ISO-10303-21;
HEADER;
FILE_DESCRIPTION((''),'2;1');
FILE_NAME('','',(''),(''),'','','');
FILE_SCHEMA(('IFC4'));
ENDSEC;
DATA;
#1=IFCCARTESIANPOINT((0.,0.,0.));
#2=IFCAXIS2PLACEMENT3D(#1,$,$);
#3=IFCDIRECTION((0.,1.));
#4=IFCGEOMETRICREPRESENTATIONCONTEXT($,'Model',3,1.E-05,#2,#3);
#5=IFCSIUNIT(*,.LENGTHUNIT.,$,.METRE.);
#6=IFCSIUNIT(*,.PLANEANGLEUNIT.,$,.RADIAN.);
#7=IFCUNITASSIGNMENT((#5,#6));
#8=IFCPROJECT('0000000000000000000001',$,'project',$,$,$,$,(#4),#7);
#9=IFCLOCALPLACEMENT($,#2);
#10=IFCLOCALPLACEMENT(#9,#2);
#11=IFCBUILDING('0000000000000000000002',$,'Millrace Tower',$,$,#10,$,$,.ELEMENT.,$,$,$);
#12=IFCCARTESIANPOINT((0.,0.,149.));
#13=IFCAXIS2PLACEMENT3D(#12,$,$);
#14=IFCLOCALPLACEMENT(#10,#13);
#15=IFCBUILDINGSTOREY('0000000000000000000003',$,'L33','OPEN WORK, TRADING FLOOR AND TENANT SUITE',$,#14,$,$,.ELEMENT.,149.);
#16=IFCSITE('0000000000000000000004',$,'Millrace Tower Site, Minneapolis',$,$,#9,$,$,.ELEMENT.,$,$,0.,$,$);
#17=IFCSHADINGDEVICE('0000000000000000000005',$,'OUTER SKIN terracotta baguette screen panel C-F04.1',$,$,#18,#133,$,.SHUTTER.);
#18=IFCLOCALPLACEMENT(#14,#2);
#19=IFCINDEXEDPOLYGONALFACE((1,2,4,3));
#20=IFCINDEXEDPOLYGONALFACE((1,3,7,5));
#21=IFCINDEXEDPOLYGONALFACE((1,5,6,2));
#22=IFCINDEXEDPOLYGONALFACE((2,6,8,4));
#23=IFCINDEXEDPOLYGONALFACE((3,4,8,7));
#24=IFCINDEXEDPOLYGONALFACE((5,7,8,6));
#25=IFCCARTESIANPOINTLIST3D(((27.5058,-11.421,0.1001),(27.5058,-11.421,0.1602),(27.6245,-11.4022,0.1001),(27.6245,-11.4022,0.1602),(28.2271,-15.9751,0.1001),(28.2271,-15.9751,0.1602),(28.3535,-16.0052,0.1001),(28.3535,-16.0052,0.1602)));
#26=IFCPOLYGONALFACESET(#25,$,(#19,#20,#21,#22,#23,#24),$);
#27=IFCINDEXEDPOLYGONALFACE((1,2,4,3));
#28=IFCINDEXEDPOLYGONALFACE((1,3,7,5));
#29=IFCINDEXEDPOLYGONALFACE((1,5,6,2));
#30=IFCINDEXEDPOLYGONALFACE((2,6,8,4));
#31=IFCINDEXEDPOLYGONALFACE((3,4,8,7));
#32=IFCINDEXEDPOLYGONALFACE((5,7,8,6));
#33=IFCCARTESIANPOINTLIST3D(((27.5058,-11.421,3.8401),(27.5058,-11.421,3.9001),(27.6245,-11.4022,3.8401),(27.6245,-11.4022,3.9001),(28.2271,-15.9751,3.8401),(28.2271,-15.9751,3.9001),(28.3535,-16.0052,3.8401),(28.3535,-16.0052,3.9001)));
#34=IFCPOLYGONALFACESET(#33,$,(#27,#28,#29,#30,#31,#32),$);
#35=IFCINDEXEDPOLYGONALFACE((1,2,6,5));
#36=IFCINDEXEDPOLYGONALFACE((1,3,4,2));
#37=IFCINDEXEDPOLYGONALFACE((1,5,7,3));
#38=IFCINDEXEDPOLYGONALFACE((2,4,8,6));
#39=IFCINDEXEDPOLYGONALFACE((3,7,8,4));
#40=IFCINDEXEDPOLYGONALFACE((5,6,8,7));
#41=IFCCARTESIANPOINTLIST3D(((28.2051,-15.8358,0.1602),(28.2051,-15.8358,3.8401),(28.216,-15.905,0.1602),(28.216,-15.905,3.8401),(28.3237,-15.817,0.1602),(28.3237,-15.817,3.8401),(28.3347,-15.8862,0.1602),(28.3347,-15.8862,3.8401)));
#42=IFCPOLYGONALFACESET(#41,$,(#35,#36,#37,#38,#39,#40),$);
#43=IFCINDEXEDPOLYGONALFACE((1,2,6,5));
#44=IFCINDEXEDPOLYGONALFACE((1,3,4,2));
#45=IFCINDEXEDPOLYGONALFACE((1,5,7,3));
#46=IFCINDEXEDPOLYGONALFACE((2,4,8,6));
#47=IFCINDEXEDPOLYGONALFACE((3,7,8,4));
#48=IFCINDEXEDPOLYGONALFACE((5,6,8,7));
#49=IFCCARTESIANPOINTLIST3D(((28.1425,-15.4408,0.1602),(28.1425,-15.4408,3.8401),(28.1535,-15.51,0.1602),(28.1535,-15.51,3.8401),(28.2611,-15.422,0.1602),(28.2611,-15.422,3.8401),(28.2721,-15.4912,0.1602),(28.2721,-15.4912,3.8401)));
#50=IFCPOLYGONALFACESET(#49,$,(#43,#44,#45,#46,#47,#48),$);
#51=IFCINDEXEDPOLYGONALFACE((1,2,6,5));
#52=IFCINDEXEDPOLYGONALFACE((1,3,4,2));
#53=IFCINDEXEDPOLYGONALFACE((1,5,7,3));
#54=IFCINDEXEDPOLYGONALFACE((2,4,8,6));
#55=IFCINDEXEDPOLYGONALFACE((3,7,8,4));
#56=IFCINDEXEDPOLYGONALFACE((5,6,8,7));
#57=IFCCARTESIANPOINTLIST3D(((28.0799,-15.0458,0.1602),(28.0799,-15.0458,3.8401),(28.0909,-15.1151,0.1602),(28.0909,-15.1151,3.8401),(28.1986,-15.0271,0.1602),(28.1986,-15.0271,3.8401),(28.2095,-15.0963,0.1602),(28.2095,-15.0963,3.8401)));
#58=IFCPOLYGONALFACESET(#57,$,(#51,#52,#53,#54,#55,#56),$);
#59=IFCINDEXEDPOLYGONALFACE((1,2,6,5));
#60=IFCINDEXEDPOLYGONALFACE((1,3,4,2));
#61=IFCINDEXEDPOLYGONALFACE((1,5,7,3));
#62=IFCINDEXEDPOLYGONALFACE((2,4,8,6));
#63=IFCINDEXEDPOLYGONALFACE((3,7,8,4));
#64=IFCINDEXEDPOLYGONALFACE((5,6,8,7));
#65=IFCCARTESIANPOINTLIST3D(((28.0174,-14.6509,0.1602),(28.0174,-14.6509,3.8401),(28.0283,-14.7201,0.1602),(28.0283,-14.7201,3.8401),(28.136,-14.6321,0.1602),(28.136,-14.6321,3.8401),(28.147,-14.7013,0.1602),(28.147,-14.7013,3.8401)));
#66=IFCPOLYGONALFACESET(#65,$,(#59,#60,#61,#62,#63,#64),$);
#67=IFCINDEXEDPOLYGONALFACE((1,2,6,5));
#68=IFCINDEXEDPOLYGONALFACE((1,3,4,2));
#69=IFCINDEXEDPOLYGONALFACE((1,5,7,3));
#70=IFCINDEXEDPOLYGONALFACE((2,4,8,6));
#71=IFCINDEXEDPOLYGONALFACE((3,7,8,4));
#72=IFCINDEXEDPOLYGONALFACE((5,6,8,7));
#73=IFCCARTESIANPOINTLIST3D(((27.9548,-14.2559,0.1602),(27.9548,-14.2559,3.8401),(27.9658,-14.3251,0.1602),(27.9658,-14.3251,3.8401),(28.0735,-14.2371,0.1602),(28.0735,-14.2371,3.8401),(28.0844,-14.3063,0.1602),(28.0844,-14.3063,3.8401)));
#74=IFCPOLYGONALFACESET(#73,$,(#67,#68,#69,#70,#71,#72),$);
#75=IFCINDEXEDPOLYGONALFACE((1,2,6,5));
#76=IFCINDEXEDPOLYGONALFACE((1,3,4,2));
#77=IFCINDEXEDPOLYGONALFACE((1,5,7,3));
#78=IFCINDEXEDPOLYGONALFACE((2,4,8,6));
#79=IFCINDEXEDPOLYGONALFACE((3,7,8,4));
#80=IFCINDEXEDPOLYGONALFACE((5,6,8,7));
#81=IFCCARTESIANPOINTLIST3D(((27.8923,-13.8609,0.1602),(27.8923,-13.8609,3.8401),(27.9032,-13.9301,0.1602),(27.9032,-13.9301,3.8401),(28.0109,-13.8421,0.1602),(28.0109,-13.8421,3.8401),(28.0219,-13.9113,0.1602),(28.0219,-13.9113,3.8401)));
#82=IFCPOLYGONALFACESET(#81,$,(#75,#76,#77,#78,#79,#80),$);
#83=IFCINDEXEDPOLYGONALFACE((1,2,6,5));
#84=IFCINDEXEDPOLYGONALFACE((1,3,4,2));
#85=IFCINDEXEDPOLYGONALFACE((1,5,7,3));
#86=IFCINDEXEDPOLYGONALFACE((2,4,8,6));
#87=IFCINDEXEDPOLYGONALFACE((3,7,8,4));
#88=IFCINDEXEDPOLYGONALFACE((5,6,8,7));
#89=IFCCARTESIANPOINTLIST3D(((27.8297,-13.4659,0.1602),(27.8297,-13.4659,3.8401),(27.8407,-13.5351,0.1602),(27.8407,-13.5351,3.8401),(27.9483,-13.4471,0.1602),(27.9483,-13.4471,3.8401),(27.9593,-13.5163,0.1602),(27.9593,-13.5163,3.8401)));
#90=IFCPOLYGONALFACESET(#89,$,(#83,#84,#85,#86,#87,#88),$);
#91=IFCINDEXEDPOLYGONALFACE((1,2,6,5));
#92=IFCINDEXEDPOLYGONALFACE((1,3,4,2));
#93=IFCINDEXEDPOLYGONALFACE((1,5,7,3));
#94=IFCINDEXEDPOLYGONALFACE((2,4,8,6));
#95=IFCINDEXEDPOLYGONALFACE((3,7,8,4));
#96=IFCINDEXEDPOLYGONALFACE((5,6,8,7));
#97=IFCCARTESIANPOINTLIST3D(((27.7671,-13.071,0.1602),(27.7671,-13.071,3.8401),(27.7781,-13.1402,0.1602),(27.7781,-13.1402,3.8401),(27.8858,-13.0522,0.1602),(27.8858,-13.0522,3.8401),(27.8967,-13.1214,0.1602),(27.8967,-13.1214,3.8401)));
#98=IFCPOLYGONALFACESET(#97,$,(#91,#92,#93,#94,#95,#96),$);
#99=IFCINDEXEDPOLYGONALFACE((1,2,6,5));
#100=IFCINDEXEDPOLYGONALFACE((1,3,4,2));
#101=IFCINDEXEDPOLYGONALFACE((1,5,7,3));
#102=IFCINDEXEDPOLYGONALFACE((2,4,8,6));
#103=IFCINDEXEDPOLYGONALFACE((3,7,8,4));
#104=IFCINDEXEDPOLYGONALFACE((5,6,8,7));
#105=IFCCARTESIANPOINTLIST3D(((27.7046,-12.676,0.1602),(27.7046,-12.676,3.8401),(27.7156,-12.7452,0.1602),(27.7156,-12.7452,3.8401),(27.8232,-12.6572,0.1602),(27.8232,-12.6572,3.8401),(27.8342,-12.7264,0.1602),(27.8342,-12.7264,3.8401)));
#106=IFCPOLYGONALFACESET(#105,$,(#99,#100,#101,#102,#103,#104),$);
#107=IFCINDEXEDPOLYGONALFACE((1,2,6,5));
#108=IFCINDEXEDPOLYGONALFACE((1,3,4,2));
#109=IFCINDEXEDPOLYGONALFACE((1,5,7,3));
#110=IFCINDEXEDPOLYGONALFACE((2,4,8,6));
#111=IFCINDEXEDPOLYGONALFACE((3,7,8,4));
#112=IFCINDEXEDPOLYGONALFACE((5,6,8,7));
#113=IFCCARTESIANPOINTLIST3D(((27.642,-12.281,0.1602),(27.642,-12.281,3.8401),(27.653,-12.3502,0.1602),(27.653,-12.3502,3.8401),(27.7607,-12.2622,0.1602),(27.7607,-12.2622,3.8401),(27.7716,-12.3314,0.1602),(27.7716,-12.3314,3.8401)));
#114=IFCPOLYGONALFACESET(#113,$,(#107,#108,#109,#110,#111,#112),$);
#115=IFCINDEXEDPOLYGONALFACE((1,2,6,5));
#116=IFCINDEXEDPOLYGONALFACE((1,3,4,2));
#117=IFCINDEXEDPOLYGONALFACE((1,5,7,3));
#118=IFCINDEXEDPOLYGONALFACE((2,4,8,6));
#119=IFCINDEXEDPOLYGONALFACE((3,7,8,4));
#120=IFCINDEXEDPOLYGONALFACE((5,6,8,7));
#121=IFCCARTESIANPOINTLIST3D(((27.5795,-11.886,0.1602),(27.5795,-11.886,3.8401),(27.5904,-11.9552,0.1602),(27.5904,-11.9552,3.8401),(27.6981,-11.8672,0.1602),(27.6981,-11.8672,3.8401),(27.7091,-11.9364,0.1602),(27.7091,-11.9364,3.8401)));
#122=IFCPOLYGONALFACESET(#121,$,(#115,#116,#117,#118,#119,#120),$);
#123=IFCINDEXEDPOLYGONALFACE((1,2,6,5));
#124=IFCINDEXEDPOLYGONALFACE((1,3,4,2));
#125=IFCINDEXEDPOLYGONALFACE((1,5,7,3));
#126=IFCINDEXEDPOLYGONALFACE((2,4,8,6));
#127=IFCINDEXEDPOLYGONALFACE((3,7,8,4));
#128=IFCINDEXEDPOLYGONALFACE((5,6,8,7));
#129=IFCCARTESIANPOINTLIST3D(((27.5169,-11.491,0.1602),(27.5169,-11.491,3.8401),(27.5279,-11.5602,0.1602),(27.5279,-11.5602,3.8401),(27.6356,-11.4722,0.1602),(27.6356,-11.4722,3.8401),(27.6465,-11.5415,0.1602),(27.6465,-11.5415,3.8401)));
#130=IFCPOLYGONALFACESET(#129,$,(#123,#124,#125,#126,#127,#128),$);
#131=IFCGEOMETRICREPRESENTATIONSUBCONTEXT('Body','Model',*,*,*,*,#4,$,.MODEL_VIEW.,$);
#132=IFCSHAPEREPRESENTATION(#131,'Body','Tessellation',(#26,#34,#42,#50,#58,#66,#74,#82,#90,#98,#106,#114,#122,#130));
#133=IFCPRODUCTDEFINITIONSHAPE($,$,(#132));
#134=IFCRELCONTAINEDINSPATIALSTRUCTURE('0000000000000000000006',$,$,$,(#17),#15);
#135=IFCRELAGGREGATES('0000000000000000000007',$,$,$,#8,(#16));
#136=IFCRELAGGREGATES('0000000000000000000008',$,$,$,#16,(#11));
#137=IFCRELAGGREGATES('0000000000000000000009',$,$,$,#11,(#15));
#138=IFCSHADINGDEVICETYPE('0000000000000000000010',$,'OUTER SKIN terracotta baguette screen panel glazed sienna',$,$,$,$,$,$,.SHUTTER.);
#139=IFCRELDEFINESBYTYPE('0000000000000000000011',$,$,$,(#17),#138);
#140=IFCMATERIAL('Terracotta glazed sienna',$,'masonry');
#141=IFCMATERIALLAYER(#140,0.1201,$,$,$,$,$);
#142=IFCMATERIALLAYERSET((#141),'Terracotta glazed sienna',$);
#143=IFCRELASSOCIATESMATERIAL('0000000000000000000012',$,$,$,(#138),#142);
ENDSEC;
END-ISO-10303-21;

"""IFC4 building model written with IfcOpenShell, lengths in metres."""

from ifc_helpers import new_model, entity, si_unit, direction, frame, frame_2d, origin, place, context, subcontext, project, spatial, rectangle, extrude, source, transform, mapped, material, layer, layer_set, type_object, element, save


model = new_model("IFC4")

# Units and contexts
model_context = context("Model", 3, precision=1e-05, world=origin(), true_north=direction((0.0, 1.0)))
body_context = subcontext(model_context, "Body", "Model", "MODEL_VIEW")
ifc_project = project(units=[si_unit("LENGTHUNIT", "METRE"), si_unit("PLANEANGLEUNIT", "RADIAN")], contexts=[model_context])

# Site, building, storey
site_placement = place(None, origin())
site = spatial("IfcSite", under=ifc_project, at=site_placement, Name="Millrace Tower Site, Minneapolis", CompositionType="ELEMENT", RefElevation=0.0)
building_placement = place(site_placement, origin())
building = spatial("IfcBuilding", under=site, at=building_placement, Name="Millrace Tower", CompositionType="ELEMENT")
storey_placement = place(building_placement, frame((0.0, 0.0, 149.0)))
storey = spatial("IfcBuildingStorey", under=building, at=storey_placement, Name="L33", Description="OPEN WORK, TRADING FLOOR AND TENANT SUITE", CompositionType="ELEMENT", Elevation=149.0)

# Shading device
ifc_material_1 = material(Name="Terracotta glazed sienna", Category="masonry")
ifc_layer_1 = layer(ifc_material_1, 0.1201)
ifc_layer_set_1 = layer_set([ifc_layer_1], Name="Terracotta glazed sienna")
shading_device_type = type_object("IfcShadingDeviceType", Name="OUTER SKIN terracotta baguette screen panel glazed sienna", PredefinedType="SHUTTER", material=ifc_layer_set_1)
cartesian_point_1 = entity("IfcCartesianPoint", [-2.293, 0.0601])
shared_polyline_1 = entity("IfcPolyline", [cartesian_point_1, entity("IfcCartesianPoint", [2.3179, 0.0601]), entity("IfcCartesianPoint", [2.3179, -0.0601]), entity("IfcCartesianPoint", [-2.3425, -0.0601]), cartesian_point_1])
shared_shape_1 = source(origin(), body_context, "Body", "SweptSolid", [
    entity("IfcExtrudedAreaSolid", entity("IfcArbitraryClosedProfileDef", "AREA", None, shared_polyline_1), entity("IfcAxis2Placement3D", entity("IfcCartesianPoint", [0.0, 0.0, 0.0])), entity("IfcDirection", [0.0, 0.0, 1.0]), 0.0601),
    entity("IfcExtrudedAreaSolid", entity("IfcArbitraryClosedProfileDef", "AREA", None, shared_polyline_1), entity("IfcAxis2Placement3D", entity("IfcCartesianPoint", [0.0, 0.0, 3.74])), entity("IfcDirection", [0.0, 0.0, 1.0]), 0.0601),
    extrude(rectangle(XDim=0.0701, YDim=0.1201, at=frame_2d((-2.187, 0.0))), frame((0.0, 0.0, 0.0601)), (0.0, 0.0, 1.0), 3.6799),
    extrude(rectangle(XDim=0.0701, YDim=0.1201, at=frame_2d((-1.7871, 0.0))), frame((0.0, 0.0, 0.0601)), (0.0, 0.0, 1.0), 3.6799),
    extrude(rectangle(XDim=0.0701, YDim=0.1201, at=frame_2d((-1.3872, 0.0))), frame((0.0, 0.0, 0.0601)), (0.0, 0.0, 1.0), 3.6799),
    extrude(rectangle(XDim=0.0701, YDim=0.1201, at=frame_2d((-0.9873, 0.0))), frame((0.0, 0.0, 0.0601)), (0.0, 0.0, 1.0), 3.6799),
    extrude(rectangle(XDim=0.0701, YDim=0.1201, at=frame_2d((-0.5874, 0.0))), frame((0.0, 0.0, 0.0601)), (0.0, 0.0, 1.0), 3.6799),
    extrude(rectangle(XDim=0.0701, YDim=0.1201, at=frame_2d((-0.1875, 0.0))), frame((0.0, 0.0, 0.0601)), (0.0, 0.0, 1.0), 3.6799),
    extrude(rectangle(XDim=0.0701, YDim=0.1201, at=frame_2d((0.2124, 0.0))), frame((0.0, 0.0, 0.0601)), (0.0, 0.0, 1.0), 3.6799),
    extrude(rectangle(XDim=0.0701, YDim=0.1201, at=frame_2d((0.6123, 0.0))), frame((0.0, 0.0, 0.0601)), (0.0, 0.0, 1.0), 3.6799),
    extrude(rectangle(XDim=0.0701, YDim=0.1201, at=frame_2d((1.0122, 0.0))), frame((0.0, 0.0, 0.0601)), (0.0, 0.0, 1.0), 3.6799),
    extrude(rectangle(XDim=0.0701, YDim=0.1201, at=frame_2d((1.4121, 0.0))), frame((0.0, 0.0, 0.0601)), (0.0, 0.0, 1.0), 3.6799),
    extrude(rectangle(XDim=0.0701, YDim=0.1201, at=frame_2d((1.812, 0.0))), frame((0.0, 0.0, 0.0601)), (0.0, 0.0, 1.0), 3.6799),
    extrude(rectangle(XDim=0.0701, YDim=0.1201, at=frame_2d((2.2119, 0.0))), frame((0.0, 0.0, 0.0601)), (0.0, 0.0, 1.0), 3.6799),
])
shading_device_1_placement = place(storey_placement, frame((27.9277, -13.7009, 0.1001), z_axis=(0.0, 0.0, 1.0), x_axis=(-0.156434, 0.987688, 0.0)))
element("IfcShadingDevice", 1, at=shading_device_1_placement, inside=storey, type_object=shading_device_type, Name="OUTER SKIN terracotta baguette screen panel C-F04.1", PredefinedType="SHUTTER", context=body_context, shape_type="MappedRepresentation", body=[
    mapped(shared_shape_1, transform((0.0, 0.0, 0.0), scale=1.0)),
])

save(model, "model.ifc")
